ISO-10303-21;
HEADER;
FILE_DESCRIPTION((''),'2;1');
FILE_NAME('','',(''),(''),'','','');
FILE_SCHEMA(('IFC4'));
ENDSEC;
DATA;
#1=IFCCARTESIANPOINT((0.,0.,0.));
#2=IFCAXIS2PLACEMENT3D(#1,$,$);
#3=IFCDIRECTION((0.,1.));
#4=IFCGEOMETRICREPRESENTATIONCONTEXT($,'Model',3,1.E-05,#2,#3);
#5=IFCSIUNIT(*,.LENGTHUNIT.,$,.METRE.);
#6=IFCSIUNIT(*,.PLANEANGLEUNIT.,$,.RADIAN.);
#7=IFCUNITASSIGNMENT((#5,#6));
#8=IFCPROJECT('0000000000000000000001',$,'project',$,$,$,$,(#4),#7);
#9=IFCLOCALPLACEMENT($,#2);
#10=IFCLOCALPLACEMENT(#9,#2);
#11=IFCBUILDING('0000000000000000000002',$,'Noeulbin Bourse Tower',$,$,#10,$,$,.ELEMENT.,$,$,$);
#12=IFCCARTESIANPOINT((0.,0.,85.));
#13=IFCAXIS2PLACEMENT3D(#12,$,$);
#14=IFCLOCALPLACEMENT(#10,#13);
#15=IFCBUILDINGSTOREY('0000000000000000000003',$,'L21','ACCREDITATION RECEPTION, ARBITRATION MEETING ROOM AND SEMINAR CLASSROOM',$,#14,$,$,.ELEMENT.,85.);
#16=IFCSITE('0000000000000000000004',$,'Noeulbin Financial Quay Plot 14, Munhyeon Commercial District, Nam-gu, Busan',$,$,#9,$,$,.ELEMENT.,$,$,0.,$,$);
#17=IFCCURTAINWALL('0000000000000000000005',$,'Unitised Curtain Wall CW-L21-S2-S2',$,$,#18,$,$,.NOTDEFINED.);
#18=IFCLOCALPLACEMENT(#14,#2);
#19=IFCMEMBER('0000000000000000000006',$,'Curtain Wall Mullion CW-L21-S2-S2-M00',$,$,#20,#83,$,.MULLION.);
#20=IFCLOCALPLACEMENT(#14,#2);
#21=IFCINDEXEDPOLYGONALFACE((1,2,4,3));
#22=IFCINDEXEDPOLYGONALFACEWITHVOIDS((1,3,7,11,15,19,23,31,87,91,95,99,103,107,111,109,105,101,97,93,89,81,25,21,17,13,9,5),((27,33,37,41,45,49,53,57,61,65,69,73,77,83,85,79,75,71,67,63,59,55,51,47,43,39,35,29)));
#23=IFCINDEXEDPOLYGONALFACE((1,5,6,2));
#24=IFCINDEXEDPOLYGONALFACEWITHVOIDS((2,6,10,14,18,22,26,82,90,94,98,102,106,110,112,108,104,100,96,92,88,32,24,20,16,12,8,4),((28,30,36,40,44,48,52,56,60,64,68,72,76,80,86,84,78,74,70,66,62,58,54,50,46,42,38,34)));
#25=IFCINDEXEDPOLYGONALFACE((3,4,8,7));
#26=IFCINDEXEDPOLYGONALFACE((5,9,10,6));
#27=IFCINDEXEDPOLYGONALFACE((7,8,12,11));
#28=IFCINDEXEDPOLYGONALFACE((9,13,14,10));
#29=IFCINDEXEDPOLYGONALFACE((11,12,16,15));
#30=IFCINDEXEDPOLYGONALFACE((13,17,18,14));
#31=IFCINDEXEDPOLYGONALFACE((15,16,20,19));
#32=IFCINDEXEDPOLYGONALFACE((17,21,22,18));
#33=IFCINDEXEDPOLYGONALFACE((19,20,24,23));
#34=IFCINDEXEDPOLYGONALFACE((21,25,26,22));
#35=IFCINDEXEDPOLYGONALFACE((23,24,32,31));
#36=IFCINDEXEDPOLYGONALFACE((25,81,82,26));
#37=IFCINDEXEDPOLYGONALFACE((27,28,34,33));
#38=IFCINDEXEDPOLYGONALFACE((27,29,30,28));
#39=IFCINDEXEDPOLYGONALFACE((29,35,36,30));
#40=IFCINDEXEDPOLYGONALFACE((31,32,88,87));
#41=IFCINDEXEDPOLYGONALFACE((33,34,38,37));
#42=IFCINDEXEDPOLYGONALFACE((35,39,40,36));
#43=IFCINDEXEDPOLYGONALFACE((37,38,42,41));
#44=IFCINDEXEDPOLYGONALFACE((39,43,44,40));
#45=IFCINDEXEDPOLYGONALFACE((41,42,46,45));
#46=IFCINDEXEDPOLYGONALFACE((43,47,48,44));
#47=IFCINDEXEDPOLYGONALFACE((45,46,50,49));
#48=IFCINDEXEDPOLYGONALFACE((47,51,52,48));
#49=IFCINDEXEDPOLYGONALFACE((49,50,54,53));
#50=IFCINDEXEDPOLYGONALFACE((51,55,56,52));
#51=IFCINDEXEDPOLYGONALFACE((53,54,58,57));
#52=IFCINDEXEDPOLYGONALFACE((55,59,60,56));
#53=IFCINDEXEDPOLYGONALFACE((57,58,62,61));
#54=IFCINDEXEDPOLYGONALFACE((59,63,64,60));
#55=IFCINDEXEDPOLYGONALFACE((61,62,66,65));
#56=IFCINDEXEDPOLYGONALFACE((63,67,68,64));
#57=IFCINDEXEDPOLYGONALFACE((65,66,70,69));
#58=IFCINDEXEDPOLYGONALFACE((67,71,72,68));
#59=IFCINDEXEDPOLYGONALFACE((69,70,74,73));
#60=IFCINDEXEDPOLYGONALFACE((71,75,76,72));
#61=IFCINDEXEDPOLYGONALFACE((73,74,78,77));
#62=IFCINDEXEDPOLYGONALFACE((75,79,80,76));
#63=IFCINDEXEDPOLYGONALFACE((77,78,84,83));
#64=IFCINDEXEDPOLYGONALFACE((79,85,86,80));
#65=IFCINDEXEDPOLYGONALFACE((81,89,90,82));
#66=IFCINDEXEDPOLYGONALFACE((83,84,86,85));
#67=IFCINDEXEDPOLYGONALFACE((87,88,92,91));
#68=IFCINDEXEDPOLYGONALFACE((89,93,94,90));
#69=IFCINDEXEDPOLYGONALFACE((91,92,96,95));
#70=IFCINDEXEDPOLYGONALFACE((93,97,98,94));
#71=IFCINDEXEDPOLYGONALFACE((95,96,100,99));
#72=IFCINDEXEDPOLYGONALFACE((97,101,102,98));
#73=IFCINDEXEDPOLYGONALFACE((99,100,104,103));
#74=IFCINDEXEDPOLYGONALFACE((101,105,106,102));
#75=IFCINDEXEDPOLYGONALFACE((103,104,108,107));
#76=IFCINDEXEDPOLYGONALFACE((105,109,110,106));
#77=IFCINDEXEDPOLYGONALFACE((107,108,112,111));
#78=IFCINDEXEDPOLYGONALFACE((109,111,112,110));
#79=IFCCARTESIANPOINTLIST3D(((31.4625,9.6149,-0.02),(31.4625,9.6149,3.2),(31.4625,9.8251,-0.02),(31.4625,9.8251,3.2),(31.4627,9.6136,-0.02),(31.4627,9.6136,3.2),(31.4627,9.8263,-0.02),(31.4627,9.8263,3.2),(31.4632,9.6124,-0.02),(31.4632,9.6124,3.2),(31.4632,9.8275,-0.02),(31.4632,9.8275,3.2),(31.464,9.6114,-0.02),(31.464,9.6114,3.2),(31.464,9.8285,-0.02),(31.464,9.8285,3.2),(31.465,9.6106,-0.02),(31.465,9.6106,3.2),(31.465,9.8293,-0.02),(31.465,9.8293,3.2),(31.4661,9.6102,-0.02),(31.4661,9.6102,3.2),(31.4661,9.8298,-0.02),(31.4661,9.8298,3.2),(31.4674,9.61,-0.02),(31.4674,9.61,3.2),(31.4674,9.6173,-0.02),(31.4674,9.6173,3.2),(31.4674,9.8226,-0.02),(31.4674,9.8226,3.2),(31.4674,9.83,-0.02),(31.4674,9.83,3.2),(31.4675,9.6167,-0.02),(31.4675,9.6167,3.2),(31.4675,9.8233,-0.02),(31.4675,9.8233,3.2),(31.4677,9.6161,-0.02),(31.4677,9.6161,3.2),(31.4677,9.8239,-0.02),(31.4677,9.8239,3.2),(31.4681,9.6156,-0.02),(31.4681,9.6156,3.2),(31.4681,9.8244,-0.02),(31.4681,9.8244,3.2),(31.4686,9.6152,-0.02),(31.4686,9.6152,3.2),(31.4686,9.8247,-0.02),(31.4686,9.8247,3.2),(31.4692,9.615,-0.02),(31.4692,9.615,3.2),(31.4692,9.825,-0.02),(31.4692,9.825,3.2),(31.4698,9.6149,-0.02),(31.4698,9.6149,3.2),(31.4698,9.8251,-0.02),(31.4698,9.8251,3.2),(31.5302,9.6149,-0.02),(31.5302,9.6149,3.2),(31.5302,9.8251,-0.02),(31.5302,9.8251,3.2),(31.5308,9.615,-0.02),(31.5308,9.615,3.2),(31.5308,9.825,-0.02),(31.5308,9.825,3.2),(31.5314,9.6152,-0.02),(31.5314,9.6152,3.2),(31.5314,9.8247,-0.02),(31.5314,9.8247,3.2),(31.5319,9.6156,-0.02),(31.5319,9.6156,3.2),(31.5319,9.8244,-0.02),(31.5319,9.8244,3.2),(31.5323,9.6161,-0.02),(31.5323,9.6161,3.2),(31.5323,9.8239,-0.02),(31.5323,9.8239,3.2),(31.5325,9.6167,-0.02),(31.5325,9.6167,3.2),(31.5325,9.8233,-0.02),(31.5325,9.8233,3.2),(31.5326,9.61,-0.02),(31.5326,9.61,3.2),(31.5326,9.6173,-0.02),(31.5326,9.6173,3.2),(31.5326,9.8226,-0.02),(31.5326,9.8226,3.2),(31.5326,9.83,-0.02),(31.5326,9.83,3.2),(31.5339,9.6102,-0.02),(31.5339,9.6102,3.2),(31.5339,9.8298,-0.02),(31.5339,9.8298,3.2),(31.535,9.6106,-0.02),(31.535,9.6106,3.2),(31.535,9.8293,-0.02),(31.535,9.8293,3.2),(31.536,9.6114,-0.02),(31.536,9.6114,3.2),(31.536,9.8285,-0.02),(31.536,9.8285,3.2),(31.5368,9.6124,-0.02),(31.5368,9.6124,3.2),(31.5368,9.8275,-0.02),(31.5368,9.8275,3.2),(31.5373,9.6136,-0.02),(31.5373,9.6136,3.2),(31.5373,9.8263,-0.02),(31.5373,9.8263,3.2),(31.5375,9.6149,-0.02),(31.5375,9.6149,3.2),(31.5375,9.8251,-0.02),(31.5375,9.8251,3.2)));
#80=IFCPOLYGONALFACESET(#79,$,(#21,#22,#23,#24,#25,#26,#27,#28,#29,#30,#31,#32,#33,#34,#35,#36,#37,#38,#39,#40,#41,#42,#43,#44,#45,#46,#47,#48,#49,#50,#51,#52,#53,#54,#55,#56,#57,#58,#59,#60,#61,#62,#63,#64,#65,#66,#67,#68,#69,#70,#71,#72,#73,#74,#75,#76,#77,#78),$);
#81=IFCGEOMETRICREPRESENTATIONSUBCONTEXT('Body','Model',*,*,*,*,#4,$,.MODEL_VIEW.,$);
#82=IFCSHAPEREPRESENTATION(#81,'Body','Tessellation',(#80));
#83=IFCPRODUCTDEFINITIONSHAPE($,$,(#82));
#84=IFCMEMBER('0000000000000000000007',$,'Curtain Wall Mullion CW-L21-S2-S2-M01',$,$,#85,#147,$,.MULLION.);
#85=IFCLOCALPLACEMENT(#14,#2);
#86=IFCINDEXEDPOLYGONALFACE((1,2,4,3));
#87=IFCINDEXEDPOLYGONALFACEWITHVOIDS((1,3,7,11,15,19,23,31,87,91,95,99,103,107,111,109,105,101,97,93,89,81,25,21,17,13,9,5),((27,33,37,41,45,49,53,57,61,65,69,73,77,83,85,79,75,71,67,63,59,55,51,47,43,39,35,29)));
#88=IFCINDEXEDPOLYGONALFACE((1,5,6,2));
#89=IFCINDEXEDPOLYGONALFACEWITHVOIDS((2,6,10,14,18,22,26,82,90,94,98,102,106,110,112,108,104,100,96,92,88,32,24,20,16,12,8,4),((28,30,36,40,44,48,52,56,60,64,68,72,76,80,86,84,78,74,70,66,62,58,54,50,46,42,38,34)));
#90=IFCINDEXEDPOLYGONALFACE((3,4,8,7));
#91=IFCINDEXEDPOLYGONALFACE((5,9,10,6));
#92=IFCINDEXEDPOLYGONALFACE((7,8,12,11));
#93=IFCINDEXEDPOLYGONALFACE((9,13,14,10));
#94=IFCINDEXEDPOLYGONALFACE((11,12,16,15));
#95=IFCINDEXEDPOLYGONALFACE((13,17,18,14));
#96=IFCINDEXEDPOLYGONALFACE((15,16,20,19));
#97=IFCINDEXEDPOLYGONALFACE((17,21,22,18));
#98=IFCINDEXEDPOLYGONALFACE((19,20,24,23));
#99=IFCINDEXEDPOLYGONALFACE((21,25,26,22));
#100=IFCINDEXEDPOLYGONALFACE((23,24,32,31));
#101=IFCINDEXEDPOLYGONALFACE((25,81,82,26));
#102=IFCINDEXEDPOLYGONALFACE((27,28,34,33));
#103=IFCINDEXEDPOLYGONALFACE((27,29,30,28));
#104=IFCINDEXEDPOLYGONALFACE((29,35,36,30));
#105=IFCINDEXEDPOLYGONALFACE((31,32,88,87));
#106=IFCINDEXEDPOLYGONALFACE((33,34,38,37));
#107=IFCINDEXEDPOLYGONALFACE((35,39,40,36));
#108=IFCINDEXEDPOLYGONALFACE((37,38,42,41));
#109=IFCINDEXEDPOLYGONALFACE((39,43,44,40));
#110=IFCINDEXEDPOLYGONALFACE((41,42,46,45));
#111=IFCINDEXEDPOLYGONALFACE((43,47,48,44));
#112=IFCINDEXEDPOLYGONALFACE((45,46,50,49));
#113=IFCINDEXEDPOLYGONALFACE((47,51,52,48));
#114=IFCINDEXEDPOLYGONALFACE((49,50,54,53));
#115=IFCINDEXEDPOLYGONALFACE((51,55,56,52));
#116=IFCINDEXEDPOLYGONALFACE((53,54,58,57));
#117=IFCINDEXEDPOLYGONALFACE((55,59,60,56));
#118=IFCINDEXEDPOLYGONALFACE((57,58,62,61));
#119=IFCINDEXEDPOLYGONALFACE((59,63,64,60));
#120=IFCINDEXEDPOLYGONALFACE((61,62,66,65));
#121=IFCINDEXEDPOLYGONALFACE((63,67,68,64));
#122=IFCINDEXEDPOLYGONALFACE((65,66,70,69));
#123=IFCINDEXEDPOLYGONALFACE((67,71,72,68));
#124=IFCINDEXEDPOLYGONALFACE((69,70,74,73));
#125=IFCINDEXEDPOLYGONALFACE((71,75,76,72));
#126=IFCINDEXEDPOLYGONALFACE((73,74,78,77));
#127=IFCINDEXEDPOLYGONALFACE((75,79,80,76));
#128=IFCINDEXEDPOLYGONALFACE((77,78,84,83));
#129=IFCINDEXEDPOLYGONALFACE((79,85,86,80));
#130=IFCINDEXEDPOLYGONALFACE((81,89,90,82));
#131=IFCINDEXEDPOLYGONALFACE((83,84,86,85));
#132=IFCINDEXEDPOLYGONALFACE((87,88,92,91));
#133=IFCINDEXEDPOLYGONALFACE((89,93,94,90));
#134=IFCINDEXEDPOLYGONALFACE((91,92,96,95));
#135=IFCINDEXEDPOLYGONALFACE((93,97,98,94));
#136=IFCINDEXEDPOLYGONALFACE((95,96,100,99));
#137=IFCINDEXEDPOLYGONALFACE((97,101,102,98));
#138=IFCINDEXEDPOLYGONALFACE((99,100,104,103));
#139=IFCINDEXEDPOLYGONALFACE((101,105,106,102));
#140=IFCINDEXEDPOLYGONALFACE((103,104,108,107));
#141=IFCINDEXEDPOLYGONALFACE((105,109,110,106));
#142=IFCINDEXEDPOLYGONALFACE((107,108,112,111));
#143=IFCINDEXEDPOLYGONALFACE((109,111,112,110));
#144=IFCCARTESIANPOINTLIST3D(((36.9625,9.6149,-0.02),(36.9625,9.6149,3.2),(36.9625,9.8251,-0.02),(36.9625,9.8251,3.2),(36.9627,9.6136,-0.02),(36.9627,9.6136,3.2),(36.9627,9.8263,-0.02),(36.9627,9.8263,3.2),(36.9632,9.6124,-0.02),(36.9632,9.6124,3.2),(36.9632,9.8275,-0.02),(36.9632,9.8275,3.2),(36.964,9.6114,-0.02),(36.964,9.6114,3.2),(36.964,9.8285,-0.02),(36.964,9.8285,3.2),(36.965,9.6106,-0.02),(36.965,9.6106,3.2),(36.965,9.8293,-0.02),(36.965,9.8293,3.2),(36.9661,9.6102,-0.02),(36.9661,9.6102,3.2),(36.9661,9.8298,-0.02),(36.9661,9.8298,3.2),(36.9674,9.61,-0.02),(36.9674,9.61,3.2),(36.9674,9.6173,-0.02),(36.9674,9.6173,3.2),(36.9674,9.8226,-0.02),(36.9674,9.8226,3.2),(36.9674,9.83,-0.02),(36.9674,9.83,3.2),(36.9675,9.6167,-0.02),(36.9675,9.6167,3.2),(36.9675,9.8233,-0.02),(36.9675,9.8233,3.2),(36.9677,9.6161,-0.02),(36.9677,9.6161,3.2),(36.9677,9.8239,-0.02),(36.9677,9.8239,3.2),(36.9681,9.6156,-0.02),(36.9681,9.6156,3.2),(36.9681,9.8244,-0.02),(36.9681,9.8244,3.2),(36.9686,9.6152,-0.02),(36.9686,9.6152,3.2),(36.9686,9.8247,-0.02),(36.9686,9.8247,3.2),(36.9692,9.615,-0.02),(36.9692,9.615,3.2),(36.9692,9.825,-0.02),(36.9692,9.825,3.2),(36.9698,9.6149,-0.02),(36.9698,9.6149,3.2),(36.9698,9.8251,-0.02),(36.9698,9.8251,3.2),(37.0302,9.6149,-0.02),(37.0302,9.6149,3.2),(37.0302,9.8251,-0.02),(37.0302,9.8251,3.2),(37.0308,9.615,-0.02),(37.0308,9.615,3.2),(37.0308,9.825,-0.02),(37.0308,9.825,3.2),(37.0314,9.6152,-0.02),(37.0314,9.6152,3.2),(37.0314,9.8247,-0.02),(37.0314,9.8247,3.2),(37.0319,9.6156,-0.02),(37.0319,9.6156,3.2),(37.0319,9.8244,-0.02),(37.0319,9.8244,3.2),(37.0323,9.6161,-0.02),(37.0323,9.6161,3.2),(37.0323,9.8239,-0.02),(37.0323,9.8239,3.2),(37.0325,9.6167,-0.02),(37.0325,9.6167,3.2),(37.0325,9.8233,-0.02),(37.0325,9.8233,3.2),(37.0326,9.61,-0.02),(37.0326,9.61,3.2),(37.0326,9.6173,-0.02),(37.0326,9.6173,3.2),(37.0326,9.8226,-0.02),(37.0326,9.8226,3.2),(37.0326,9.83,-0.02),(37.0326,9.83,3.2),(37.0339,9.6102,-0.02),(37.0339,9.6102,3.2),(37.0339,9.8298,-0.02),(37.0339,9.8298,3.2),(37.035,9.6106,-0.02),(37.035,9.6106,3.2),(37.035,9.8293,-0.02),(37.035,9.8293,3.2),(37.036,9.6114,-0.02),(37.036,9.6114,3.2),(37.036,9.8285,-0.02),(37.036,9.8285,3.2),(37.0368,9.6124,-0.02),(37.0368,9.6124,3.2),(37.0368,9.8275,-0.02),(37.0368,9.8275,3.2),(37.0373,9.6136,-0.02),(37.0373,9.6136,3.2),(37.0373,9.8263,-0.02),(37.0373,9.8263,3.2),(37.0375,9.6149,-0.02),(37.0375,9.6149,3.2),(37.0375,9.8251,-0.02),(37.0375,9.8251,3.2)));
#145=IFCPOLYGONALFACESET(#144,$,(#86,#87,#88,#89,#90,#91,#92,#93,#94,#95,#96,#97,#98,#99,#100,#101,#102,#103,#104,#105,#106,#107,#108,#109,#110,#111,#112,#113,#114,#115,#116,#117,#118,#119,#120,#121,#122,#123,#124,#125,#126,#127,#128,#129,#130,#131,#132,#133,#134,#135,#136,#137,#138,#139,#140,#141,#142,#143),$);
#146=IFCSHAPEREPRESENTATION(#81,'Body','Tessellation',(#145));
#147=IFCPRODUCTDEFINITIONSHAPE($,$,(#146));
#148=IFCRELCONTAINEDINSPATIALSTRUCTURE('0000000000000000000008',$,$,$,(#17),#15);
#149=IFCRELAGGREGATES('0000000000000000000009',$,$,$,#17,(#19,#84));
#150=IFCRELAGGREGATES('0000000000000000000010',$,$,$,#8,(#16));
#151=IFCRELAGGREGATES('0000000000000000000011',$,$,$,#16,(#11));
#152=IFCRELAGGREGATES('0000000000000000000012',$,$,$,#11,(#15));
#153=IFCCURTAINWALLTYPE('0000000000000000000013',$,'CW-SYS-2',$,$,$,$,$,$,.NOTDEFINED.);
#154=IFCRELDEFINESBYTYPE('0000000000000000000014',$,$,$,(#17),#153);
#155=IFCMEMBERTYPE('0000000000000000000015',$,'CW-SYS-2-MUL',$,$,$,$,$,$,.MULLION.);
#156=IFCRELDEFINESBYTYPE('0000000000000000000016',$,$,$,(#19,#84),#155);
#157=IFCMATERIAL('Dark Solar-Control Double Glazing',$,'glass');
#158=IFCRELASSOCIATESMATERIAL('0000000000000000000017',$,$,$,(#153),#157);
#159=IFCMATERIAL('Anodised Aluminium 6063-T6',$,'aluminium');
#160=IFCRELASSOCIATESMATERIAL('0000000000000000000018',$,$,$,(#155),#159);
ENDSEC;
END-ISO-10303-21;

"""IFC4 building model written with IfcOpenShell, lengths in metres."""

from ifc_helpers import new_model, si_unit, direction, frame, origin, origin_2d, place, context, subcontext, project, spatial, hollow_rectangle, extrude, material, material_profile, profile_set, type_object, element, aggregate, save


model = new_model("IFC4")

# Units and contexts
model_context = context("Model", 3, precision=1e-05, world=origin(), true_north=direction((0.0, 1.0)))
body_context = subcontext(model_context, "Body", "Model", "MODEL_VIEW")
ifc_project = project(units=[si_unit("LENGTHUNIT", "METRE"), si_unit("PLANEANGLEUNIT", "RADIAN")], contexts=[model_context])

# Site, building, storey
site_placement = place(None, origin())
site = spatial("IfcSite", under=ifc_project, at=site_placement, Name="Noeulbin Financial Quay Plot 14, Munhyeon Commercial District, Nam-gu, Busan", CompositionType="ELEMENT", RefElevation=0.0)
building_placement = place(site_placement, origin())
building = spatial("IfcBuilding", under=site, at=building_placement, Name="Noeulbin Bourse Tower", CompositionType="ELEMENT")
storey_placement = place(building_placement, frame((0.0, 0.0, 85.0)))
storey = spatial("IfcBuildingStorey", under=building, at=storey_placement, Name="L21", Description="ACCREDITATION RECEPTION, ARBITRATION MEETING ROOM AND SEMINAR CLASSROOM", CompositionType="ELEMENT", Elevation=85.0)

# Curtain wall, members
ifc_material_1 = material(Name="Dark Solar-Control Double Glazing", Category="glass")
curtain_wall_type = type_object("IfcCurtainWallType", Name="CW-SYS-2", PredefinedType="NOTDEFINED", material=ifc_material_1)
ifc_material_2 = material(Name="Anodised Aluminium 6063-T6", Category="aluminium")
ifc_material_profile_1 = material_profile(ifc_material_2, hollow_rectangle(XDim=0.075, YDim=0.22, WallThickness=0.0049, InnerFilletRadius=0.0024, OuterFilletRadius=0.0049, at=origin_2d()), Name="ALU-MULL-75x220x5", Category="LoadBearing")
ifc_profile_set_1 = profile_set([ifc_material_profile_1], Name="Anodised Aluminium 6063-T6")
member_type_1 = type_object("IfcMemberType", Name="CW-SYS-2-MUL", PredefinedType="MULLION", material=ifc_profile_set_1)
curtain_wall_1_placement = place(storey_placement, origin())
curtain_wall_1 = element("IfcCurtainWall", 1, at=curtain_wall_1_placement, inside=storey, type_object=curtain_wall_type, Name="Unitised Curtain Wall CW-L21-S2-S2", PredefinedType="NOTDEFINED")
member_1_placement = place(storey_placement, frame((31.5, 9.72, -0.02), z_axis=(0.0, 0.0, 1.0), x_axis=(1.0, 0.0, 0.0)))
member_1 = element("IfcMember", 2, at=member_1_placement, type_object=member_type_1, Name="Curtain Wall Mullion CW-L21-S2-S2-M00", PredefinedType="MULLION", context=body_context, shape_type="SweptSolid", body=[
    extrude(hollow_rectangle(XDim=0.075, YDim=0.22, WallThickness=0.0049, InnerFilletRadius=0.0024, OuterFilletRadius=0.0049, at=origin_2d()), origin(), (0.0, 0.0, 1.0), 3.22),
])
member_2_placement = place(storey_placement, frame((37.0, 9.72, -0.02), z_axis=(0.0, 0.0, 1.0), x_axis=(1.0, 0.0, 0.0)))
member_2 = element("IfcMember", 3, at=member_2_placement, type_object=member_type_1, Name="Curtain Wall Mullion CW-L21-S2-S2-M01", PredefinedType="MULLION", context=body_context, shape_type="SweptSolid", body=[
    extrude(hollow_rectangle(XDim=0.075, YDim=0.22, WallThickness=0.0049, InnerFilletRadius=0.0024, OuterFilletRadius=0.0049, at=origin_2d()), origin(), (0.0, 0.0, 1.0), 3.22),
])

aggregate(curtain_wall_1, [member_1, member_2])

save(model, "model.ifc")
